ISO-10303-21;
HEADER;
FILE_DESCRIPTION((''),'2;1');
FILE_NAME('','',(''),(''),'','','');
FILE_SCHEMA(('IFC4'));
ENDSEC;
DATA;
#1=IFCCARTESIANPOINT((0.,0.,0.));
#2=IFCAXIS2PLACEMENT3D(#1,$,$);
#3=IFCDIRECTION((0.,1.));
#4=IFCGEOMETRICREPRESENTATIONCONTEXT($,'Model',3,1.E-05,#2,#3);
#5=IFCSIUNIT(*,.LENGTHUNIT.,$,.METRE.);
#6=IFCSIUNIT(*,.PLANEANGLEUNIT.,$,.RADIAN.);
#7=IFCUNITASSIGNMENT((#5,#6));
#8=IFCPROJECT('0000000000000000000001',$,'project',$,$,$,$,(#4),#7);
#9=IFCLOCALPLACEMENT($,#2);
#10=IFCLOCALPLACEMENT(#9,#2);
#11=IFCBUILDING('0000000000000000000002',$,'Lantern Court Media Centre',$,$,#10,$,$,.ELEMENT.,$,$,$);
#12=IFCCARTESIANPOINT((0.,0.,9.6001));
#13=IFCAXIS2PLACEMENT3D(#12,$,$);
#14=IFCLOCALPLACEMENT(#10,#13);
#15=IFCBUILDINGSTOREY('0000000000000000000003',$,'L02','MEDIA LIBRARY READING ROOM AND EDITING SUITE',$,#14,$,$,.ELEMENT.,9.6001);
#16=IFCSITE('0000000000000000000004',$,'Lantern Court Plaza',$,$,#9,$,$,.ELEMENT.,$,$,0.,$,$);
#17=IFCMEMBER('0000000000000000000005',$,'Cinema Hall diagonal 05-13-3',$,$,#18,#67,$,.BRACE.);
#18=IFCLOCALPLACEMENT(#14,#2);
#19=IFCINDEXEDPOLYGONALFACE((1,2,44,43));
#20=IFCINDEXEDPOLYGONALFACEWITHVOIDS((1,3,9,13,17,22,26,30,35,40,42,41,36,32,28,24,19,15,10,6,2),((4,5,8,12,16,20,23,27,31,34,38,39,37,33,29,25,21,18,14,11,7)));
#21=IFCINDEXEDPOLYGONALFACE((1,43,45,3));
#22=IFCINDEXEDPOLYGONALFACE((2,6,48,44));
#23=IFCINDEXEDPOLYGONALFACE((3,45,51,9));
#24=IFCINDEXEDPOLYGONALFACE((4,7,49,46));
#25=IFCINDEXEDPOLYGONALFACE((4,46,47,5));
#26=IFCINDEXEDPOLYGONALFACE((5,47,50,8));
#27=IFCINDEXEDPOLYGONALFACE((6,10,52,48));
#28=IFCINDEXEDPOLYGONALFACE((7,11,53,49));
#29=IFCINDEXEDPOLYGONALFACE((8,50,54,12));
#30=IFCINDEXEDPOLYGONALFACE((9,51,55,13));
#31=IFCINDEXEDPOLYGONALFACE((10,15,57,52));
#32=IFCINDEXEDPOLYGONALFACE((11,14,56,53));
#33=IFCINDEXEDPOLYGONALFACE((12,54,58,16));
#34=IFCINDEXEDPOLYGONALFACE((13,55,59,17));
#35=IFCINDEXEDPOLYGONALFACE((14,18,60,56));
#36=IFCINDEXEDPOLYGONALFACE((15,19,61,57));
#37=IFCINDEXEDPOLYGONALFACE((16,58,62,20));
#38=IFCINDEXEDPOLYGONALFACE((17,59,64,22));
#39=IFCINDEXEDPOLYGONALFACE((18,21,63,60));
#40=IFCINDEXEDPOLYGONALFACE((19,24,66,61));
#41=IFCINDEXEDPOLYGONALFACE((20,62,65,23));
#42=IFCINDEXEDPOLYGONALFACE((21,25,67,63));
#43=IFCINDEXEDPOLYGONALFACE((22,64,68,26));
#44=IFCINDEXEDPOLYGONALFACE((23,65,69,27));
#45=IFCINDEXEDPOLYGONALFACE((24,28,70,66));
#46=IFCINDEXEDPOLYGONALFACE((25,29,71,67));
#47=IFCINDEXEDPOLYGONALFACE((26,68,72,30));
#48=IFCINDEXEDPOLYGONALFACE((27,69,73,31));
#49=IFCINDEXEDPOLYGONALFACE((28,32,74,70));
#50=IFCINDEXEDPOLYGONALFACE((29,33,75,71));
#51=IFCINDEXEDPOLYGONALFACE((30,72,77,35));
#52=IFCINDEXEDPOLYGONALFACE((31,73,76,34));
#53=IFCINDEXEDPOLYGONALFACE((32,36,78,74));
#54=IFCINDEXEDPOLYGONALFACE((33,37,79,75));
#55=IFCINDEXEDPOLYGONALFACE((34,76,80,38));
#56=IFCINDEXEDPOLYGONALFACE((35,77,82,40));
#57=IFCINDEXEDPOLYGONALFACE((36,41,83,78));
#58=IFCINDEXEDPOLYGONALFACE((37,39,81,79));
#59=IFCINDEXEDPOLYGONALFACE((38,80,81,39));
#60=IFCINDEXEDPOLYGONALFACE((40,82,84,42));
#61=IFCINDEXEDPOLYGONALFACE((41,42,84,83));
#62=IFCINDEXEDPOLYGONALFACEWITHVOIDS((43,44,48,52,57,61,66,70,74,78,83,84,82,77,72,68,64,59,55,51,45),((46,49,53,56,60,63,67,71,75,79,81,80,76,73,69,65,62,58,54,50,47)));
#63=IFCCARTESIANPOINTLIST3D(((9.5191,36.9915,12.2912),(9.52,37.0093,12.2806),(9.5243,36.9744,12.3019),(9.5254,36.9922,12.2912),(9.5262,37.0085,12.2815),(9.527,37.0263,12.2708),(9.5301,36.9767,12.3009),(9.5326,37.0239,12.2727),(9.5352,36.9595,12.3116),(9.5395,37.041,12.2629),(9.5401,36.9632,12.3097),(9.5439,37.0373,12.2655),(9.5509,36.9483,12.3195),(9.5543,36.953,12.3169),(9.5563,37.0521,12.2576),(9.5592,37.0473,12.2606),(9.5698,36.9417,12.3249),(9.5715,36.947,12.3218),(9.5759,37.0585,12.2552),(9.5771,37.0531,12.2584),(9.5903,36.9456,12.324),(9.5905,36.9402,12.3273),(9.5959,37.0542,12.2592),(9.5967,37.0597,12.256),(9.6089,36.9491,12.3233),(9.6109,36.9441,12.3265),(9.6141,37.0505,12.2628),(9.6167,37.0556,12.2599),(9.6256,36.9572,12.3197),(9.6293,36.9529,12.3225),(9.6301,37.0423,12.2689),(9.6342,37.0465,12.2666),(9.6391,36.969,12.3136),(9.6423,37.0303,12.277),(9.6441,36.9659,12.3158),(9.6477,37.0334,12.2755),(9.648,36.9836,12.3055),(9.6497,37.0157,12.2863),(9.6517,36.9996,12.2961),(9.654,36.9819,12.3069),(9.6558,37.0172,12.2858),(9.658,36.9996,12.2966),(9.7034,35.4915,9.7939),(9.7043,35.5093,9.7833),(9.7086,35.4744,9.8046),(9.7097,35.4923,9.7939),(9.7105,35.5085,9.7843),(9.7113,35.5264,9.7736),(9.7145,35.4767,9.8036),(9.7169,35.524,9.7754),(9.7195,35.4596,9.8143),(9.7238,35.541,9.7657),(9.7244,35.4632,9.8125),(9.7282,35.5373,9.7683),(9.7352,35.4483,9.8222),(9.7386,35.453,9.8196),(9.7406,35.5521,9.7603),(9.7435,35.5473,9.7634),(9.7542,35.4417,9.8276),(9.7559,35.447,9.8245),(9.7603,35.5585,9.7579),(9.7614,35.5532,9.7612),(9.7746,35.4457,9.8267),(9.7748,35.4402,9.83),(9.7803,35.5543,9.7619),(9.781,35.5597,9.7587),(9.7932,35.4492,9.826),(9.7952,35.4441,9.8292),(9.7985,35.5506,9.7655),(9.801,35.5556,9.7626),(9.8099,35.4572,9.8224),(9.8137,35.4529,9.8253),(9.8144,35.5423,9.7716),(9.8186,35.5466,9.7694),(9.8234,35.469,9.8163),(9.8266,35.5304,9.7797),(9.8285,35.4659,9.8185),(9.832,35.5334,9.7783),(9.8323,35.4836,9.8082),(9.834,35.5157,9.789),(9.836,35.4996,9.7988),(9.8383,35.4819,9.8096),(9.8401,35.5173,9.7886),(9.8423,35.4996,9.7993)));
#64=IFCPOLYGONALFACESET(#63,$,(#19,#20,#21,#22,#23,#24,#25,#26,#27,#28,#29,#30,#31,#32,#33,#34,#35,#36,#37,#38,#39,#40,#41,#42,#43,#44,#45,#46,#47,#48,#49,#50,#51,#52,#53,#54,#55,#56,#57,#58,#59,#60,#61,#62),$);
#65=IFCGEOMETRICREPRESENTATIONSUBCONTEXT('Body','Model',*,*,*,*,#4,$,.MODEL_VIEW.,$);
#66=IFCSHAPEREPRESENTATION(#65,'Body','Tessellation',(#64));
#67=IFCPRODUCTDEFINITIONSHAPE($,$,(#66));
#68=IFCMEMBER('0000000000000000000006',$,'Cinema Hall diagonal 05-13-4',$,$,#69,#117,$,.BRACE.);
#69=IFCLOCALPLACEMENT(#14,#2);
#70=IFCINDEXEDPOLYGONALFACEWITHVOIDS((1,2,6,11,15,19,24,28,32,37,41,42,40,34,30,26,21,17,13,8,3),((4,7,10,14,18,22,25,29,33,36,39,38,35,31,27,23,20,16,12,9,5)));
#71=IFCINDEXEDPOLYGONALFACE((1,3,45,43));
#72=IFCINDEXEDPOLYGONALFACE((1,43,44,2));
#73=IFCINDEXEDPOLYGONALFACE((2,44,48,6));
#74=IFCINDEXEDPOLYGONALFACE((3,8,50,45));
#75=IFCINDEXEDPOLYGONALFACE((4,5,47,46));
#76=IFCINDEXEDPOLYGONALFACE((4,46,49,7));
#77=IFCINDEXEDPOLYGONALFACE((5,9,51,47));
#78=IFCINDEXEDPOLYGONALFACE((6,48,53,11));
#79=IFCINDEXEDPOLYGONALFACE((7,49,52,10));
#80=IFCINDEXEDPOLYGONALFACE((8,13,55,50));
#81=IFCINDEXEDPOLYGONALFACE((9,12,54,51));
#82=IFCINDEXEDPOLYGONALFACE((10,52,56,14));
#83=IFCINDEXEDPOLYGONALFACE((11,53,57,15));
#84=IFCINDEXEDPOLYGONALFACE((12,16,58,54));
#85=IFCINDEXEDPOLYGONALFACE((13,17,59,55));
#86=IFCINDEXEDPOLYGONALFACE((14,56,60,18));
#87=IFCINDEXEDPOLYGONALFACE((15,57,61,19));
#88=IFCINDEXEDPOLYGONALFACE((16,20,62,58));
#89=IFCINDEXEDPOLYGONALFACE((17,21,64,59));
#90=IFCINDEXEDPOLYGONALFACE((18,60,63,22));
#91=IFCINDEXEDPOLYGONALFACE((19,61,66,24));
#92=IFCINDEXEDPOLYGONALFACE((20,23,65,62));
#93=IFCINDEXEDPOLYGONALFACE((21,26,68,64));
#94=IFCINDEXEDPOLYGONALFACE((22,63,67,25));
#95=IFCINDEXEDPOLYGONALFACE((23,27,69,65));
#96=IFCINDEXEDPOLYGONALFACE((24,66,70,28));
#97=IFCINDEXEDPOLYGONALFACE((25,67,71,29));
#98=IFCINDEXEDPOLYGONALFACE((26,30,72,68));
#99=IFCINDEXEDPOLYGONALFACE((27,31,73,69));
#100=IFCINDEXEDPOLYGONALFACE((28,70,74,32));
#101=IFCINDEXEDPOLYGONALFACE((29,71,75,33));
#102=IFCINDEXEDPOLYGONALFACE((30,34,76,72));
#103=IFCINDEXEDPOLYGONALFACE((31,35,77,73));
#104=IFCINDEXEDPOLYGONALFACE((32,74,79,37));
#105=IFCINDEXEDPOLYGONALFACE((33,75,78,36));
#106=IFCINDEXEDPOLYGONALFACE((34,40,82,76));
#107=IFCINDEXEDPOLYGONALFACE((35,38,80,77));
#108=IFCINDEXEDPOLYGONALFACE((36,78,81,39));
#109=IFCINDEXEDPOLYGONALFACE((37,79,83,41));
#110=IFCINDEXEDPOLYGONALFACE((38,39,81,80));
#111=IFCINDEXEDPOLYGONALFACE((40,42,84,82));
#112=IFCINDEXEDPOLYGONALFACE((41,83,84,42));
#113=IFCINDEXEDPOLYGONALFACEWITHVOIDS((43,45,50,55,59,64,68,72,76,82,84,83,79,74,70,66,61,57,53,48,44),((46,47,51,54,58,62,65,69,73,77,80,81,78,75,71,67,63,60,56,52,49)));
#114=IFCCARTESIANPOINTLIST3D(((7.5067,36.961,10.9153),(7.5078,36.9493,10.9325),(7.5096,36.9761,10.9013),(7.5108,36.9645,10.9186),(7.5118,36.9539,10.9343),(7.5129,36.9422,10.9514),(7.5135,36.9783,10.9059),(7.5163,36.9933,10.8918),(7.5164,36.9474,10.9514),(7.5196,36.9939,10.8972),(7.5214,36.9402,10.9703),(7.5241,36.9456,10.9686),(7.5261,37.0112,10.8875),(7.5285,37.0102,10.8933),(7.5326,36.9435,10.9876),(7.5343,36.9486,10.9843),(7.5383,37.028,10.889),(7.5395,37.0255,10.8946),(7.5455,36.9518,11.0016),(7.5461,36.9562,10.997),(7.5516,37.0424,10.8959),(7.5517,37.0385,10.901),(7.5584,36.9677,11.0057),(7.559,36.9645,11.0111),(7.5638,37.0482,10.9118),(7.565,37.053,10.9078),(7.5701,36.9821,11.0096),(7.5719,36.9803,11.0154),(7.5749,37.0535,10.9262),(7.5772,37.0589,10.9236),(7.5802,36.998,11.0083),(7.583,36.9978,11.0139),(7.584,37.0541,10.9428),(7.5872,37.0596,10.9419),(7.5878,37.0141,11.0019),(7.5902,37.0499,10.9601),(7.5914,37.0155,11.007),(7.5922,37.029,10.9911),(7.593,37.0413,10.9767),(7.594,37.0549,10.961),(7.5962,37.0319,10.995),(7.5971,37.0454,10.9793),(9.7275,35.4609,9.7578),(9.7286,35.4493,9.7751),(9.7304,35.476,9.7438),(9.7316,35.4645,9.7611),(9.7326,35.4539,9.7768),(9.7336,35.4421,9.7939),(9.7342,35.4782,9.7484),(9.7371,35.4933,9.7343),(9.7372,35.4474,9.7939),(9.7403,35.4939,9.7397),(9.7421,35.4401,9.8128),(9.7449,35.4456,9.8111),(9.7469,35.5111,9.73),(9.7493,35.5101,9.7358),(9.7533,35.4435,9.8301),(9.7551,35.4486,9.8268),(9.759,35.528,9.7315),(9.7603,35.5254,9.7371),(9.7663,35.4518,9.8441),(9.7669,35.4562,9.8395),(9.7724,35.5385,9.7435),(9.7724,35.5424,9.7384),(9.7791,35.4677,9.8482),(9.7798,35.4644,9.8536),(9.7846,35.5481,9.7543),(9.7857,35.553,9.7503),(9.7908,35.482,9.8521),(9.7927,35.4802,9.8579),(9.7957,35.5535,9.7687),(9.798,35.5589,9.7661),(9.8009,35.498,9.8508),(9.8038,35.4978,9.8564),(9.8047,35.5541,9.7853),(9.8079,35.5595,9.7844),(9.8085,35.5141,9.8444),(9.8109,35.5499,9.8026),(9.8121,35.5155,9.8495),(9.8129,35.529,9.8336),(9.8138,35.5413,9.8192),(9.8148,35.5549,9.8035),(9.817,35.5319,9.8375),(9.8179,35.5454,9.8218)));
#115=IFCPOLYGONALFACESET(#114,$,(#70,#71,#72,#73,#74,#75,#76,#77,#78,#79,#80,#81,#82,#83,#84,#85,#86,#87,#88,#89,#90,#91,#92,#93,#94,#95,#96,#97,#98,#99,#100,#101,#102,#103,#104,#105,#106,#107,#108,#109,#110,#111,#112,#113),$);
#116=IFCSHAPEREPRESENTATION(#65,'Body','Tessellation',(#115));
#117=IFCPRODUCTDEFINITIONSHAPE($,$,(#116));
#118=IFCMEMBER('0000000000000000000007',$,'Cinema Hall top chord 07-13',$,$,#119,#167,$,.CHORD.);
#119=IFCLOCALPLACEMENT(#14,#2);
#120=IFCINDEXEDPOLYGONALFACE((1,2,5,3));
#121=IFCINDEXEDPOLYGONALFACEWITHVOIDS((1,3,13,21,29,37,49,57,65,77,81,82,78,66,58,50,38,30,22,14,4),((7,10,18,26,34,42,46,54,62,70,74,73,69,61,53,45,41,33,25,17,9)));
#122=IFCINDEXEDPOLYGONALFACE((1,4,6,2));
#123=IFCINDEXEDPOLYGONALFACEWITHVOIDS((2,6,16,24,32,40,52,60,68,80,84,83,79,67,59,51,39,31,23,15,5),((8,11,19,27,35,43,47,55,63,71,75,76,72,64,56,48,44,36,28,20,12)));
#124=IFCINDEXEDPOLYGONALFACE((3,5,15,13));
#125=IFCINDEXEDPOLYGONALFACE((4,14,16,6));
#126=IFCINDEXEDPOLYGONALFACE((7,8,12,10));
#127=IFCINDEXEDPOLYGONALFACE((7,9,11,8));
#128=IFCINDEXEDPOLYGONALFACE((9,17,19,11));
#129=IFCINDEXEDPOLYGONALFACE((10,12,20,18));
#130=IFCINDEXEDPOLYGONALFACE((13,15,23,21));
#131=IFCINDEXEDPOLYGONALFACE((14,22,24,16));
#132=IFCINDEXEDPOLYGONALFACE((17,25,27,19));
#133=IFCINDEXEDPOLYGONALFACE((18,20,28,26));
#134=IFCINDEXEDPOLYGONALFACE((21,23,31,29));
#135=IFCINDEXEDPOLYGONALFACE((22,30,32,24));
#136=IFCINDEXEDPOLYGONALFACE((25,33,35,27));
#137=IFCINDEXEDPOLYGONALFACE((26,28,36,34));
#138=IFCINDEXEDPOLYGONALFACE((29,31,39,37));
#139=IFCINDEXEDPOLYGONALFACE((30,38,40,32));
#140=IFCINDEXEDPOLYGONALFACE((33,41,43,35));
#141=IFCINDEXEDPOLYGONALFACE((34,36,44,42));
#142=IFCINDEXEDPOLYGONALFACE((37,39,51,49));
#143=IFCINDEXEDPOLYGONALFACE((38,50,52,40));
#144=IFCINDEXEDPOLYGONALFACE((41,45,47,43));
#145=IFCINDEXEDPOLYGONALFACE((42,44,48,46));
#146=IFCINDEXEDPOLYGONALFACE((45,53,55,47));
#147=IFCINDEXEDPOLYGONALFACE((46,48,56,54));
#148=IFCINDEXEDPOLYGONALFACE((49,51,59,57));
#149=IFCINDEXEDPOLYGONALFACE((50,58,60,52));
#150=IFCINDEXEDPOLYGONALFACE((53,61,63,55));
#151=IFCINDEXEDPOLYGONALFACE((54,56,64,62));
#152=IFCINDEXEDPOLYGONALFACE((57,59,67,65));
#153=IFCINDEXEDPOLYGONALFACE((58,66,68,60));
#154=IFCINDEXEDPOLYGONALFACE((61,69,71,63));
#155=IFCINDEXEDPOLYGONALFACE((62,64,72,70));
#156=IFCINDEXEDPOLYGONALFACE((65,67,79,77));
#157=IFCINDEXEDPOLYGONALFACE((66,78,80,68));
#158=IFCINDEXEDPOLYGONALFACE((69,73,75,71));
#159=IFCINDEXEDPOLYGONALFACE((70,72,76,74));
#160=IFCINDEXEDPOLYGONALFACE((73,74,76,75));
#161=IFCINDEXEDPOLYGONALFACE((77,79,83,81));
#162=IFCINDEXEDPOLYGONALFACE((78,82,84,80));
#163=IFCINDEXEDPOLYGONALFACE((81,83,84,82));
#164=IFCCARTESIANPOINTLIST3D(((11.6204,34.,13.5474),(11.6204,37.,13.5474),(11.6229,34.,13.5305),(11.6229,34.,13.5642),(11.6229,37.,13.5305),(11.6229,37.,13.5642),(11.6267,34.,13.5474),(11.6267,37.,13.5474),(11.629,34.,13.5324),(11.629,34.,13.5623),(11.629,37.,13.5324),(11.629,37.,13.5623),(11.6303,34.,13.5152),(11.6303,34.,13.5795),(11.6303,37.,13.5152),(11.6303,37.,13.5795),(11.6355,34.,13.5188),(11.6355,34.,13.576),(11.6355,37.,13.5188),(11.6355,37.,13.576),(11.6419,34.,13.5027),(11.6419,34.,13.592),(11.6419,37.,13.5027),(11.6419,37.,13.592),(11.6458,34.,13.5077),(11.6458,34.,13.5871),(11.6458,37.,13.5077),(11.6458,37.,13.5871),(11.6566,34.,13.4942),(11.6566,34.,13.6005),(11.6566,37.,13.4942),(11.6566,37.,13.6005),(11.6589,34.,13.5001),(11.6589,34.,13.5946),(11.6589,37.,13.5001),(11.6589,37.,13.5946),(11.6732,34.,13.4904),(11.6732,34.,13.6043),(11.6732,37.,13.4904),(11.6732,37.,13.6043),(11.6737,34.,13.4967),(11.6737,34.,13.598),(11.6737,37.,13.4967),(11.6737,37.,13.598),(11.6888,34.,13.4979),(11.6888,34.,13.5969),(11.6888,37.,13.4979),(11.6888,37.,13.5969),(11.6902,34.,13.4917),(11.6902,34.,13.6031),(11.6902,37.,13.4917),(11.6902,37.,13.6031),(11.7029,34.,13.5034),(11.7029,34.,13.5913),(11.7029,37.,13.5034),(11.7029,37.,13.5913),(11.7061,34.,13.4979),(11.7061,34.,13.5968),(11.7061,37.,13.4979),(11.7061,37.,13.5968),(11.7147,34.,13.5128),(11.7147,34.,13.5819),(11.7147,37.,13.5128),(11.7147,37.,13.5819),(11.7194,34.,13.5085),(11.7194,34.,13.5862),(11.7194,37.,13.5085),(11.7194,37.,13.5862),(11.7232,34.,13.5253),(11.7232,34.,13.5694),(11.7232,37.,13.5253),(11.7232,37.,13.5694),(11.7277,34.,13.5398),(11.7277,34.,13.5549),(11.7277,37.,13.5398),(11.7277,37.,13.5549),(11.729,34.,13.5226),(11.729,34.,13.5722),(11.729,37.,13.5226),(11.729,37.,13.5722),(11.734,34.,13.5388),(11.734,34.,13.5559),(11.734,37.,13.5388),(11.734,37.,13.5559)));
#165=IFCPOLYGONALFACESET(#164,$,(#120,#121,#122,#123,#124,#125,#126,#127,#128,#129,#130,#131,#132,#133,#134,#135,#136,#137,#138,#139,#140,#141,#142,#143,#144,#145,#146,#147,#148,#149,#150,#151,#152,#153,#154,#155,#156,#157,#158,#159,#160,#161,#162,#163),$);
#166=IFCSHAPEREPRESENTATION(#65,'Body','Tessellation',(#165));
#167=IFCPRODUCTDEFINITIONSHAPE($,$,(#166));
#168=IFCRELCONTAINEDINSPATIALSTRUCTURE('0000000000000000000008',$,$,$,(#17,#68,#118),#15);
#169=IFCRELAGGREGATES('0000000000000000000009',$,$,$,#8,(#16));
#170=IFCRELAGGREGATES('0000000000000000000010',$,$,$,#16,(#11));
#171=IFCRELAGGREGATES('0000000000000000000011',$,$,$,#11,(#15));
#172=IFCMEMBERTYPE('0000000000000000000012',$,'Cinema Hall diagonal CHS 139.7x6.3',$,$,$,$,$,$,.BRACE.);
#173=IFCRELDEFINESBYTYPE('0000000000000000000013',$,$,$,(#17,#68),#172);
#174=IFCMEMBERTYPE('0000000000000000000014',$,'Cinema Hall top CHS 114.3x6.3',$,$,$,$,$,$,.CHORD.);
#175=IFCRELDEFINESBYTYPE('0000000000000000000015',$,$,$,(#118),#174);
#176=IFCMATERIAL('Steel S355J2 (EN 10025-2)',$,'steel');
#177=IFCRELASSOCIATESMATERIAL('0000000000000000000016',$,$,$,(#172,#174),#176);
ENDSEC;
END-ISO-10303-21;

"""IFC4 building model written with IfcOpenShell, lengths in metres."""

from ifc_helpers import new_model, si_unit, direction, frame, origin, origin_2d, place, context, subcontext, project, spatial, hollow_circle, extrude, material, material_profile, profile_set, type_object, element, save


model = new_model("IFC4")

# Units and contexts
model_context = context("Model", 3, precision=1e-05, world=origin(), true_north=direction((0.0, 1.0)))
body_context = subcontext(model_context, "Body", "Model", "MODEL_VIEW")
ifc_project = project(units=[si_unit("LENGTHUNIT", "METRE"), si_unit("PLANEANGLEUNIT", "RADIAN")], contexts=[model_context])

# Site, building, storey
site_placement = place(None, origin())
site = spatial("IfcSite", under=ifc_project, at=site_placement, Name="Lantern Court Plaza", CompositionType="ELEMENT", RefElevation=0.0)
building_placement = place(site_placement, origin())
building = spatial("IfcBuilding", under=site, at=building_placement, Name="Lantern Court Media Centre", CompositionType="ELEMENT")
storey_placement = place(building_placement, frame((0.0, 0.0, 9.6001)))
storey = spatial("IfcBuildingStorey", under=building, at=storey_placement, Name="L02", Description="MEDIA LIBRARY READING ROOM AND EDITING SUITE", CompositionType="ELEMENT", Elevation=9.6001)

# Members
ifc_material = material(Name="Steel S355J2 (EN 10025-2)", Category="steel")
ifc_material_profile_1 = material_profile(ifc_material, hollow_circle(Radius=0.0698, WallThickness=0.0063, at=origin_2d()), Name="Cinema Hall diagonal CHS 139.7x6.3")
ifc_profile_set_1 = profile_set([ifc_material_profile_1], Name="Steel S355J2 (EN 10025-2)")
member_type_1 = type_object("IfcMemberType", Name="Cinema Hall diagonal CHS 139.7x6.3", PredefinedType="BRACE", material=ifc_profile_set_1)
for number, where, z_axis, x_axis, name in (
    (1, (9.7727, 35.5, 9.7939), (-0.063147, 0.513875, 0.855538), (-0.992534, -0.121967, 0.0), "Cinema Hall diagonal 05-13-3"),
):
    element("IfcMember", number, at=place(storey_placement, frame(where, z_axis=z_axis, x_axis=x_axis)), inside=storey, type_object=member_type_1, Name=name, PredefinedType="BRACE", context=body_context, shape_type="SweptSolid", body=[
        extrude(hollow_circle(Radius=0.0698, WallThickness=0.0063, at=origin_2d()), origin(), (0.0, 0.0, 1.0), 2.9189),
    ])
member_1_placement = place(storey_placement, frame((9.7727, 35.5, 9.7939), z_axis=(-0.760744, 0.513854, 0.396514), x_axis=(-0.559736, -0.828671, 0.0)))
element("IfcMember", 2, at=member_1_placement, inside=storey, type_object=member_type_1, Name="Cinema Hall diagonal 05-13-4", PredefinedType="BRACE", context=body_context, shape_type="SweptSolid", body=[
    extrude(hollow_circle(Radius=0.0698, WallThickness=0.0063, at=origin_2d()), origin(), (0.0, 0.0, 1.0), 2.9192),
])
ifc_material_profile_2 = material_profile(ifc_material, hollow_circle(Radius=0.0571, WallThickness=0.0063, at=origin_2d()), Name="Cinema Hall top CHS 114.3x6.3")
ifc_profile_set_2 = profile_set([ifc_material_profile_2], Name="Steel S355J2 (EN 10025-2)")
member_type_2 = type_object("IfcMemberType", Name="Cinema Hall top CHS 114.3x6.3", PredefinedType="CHORD", material=ifc_profile_set_2)
for number, where, z_axis, x_axis, name in (
    (3, (11.6775, 34.0, 13.5474), (0.0, 1.0, 0.0), (-1.0, 0.0, 0.0), "Cinema Hall top chord 07-13"),
):
    element("IfcMember", number, at=place(storey_placement, frame(where, z_axis=z_axis, x_axis=x_axis)), inside=storey, type_object=member_type_2, Name=name, PredefinedType="CHORD", context=body_context, shape_type="SweptSolid", body=[
        extrude(hollow_circle(Radius=0.0571, WallThickness=0.0063, at=origin_2d()), origin(), (0.0, 0.0, 1.0), 3.0),
    ])

save(model, "model.ifc")
